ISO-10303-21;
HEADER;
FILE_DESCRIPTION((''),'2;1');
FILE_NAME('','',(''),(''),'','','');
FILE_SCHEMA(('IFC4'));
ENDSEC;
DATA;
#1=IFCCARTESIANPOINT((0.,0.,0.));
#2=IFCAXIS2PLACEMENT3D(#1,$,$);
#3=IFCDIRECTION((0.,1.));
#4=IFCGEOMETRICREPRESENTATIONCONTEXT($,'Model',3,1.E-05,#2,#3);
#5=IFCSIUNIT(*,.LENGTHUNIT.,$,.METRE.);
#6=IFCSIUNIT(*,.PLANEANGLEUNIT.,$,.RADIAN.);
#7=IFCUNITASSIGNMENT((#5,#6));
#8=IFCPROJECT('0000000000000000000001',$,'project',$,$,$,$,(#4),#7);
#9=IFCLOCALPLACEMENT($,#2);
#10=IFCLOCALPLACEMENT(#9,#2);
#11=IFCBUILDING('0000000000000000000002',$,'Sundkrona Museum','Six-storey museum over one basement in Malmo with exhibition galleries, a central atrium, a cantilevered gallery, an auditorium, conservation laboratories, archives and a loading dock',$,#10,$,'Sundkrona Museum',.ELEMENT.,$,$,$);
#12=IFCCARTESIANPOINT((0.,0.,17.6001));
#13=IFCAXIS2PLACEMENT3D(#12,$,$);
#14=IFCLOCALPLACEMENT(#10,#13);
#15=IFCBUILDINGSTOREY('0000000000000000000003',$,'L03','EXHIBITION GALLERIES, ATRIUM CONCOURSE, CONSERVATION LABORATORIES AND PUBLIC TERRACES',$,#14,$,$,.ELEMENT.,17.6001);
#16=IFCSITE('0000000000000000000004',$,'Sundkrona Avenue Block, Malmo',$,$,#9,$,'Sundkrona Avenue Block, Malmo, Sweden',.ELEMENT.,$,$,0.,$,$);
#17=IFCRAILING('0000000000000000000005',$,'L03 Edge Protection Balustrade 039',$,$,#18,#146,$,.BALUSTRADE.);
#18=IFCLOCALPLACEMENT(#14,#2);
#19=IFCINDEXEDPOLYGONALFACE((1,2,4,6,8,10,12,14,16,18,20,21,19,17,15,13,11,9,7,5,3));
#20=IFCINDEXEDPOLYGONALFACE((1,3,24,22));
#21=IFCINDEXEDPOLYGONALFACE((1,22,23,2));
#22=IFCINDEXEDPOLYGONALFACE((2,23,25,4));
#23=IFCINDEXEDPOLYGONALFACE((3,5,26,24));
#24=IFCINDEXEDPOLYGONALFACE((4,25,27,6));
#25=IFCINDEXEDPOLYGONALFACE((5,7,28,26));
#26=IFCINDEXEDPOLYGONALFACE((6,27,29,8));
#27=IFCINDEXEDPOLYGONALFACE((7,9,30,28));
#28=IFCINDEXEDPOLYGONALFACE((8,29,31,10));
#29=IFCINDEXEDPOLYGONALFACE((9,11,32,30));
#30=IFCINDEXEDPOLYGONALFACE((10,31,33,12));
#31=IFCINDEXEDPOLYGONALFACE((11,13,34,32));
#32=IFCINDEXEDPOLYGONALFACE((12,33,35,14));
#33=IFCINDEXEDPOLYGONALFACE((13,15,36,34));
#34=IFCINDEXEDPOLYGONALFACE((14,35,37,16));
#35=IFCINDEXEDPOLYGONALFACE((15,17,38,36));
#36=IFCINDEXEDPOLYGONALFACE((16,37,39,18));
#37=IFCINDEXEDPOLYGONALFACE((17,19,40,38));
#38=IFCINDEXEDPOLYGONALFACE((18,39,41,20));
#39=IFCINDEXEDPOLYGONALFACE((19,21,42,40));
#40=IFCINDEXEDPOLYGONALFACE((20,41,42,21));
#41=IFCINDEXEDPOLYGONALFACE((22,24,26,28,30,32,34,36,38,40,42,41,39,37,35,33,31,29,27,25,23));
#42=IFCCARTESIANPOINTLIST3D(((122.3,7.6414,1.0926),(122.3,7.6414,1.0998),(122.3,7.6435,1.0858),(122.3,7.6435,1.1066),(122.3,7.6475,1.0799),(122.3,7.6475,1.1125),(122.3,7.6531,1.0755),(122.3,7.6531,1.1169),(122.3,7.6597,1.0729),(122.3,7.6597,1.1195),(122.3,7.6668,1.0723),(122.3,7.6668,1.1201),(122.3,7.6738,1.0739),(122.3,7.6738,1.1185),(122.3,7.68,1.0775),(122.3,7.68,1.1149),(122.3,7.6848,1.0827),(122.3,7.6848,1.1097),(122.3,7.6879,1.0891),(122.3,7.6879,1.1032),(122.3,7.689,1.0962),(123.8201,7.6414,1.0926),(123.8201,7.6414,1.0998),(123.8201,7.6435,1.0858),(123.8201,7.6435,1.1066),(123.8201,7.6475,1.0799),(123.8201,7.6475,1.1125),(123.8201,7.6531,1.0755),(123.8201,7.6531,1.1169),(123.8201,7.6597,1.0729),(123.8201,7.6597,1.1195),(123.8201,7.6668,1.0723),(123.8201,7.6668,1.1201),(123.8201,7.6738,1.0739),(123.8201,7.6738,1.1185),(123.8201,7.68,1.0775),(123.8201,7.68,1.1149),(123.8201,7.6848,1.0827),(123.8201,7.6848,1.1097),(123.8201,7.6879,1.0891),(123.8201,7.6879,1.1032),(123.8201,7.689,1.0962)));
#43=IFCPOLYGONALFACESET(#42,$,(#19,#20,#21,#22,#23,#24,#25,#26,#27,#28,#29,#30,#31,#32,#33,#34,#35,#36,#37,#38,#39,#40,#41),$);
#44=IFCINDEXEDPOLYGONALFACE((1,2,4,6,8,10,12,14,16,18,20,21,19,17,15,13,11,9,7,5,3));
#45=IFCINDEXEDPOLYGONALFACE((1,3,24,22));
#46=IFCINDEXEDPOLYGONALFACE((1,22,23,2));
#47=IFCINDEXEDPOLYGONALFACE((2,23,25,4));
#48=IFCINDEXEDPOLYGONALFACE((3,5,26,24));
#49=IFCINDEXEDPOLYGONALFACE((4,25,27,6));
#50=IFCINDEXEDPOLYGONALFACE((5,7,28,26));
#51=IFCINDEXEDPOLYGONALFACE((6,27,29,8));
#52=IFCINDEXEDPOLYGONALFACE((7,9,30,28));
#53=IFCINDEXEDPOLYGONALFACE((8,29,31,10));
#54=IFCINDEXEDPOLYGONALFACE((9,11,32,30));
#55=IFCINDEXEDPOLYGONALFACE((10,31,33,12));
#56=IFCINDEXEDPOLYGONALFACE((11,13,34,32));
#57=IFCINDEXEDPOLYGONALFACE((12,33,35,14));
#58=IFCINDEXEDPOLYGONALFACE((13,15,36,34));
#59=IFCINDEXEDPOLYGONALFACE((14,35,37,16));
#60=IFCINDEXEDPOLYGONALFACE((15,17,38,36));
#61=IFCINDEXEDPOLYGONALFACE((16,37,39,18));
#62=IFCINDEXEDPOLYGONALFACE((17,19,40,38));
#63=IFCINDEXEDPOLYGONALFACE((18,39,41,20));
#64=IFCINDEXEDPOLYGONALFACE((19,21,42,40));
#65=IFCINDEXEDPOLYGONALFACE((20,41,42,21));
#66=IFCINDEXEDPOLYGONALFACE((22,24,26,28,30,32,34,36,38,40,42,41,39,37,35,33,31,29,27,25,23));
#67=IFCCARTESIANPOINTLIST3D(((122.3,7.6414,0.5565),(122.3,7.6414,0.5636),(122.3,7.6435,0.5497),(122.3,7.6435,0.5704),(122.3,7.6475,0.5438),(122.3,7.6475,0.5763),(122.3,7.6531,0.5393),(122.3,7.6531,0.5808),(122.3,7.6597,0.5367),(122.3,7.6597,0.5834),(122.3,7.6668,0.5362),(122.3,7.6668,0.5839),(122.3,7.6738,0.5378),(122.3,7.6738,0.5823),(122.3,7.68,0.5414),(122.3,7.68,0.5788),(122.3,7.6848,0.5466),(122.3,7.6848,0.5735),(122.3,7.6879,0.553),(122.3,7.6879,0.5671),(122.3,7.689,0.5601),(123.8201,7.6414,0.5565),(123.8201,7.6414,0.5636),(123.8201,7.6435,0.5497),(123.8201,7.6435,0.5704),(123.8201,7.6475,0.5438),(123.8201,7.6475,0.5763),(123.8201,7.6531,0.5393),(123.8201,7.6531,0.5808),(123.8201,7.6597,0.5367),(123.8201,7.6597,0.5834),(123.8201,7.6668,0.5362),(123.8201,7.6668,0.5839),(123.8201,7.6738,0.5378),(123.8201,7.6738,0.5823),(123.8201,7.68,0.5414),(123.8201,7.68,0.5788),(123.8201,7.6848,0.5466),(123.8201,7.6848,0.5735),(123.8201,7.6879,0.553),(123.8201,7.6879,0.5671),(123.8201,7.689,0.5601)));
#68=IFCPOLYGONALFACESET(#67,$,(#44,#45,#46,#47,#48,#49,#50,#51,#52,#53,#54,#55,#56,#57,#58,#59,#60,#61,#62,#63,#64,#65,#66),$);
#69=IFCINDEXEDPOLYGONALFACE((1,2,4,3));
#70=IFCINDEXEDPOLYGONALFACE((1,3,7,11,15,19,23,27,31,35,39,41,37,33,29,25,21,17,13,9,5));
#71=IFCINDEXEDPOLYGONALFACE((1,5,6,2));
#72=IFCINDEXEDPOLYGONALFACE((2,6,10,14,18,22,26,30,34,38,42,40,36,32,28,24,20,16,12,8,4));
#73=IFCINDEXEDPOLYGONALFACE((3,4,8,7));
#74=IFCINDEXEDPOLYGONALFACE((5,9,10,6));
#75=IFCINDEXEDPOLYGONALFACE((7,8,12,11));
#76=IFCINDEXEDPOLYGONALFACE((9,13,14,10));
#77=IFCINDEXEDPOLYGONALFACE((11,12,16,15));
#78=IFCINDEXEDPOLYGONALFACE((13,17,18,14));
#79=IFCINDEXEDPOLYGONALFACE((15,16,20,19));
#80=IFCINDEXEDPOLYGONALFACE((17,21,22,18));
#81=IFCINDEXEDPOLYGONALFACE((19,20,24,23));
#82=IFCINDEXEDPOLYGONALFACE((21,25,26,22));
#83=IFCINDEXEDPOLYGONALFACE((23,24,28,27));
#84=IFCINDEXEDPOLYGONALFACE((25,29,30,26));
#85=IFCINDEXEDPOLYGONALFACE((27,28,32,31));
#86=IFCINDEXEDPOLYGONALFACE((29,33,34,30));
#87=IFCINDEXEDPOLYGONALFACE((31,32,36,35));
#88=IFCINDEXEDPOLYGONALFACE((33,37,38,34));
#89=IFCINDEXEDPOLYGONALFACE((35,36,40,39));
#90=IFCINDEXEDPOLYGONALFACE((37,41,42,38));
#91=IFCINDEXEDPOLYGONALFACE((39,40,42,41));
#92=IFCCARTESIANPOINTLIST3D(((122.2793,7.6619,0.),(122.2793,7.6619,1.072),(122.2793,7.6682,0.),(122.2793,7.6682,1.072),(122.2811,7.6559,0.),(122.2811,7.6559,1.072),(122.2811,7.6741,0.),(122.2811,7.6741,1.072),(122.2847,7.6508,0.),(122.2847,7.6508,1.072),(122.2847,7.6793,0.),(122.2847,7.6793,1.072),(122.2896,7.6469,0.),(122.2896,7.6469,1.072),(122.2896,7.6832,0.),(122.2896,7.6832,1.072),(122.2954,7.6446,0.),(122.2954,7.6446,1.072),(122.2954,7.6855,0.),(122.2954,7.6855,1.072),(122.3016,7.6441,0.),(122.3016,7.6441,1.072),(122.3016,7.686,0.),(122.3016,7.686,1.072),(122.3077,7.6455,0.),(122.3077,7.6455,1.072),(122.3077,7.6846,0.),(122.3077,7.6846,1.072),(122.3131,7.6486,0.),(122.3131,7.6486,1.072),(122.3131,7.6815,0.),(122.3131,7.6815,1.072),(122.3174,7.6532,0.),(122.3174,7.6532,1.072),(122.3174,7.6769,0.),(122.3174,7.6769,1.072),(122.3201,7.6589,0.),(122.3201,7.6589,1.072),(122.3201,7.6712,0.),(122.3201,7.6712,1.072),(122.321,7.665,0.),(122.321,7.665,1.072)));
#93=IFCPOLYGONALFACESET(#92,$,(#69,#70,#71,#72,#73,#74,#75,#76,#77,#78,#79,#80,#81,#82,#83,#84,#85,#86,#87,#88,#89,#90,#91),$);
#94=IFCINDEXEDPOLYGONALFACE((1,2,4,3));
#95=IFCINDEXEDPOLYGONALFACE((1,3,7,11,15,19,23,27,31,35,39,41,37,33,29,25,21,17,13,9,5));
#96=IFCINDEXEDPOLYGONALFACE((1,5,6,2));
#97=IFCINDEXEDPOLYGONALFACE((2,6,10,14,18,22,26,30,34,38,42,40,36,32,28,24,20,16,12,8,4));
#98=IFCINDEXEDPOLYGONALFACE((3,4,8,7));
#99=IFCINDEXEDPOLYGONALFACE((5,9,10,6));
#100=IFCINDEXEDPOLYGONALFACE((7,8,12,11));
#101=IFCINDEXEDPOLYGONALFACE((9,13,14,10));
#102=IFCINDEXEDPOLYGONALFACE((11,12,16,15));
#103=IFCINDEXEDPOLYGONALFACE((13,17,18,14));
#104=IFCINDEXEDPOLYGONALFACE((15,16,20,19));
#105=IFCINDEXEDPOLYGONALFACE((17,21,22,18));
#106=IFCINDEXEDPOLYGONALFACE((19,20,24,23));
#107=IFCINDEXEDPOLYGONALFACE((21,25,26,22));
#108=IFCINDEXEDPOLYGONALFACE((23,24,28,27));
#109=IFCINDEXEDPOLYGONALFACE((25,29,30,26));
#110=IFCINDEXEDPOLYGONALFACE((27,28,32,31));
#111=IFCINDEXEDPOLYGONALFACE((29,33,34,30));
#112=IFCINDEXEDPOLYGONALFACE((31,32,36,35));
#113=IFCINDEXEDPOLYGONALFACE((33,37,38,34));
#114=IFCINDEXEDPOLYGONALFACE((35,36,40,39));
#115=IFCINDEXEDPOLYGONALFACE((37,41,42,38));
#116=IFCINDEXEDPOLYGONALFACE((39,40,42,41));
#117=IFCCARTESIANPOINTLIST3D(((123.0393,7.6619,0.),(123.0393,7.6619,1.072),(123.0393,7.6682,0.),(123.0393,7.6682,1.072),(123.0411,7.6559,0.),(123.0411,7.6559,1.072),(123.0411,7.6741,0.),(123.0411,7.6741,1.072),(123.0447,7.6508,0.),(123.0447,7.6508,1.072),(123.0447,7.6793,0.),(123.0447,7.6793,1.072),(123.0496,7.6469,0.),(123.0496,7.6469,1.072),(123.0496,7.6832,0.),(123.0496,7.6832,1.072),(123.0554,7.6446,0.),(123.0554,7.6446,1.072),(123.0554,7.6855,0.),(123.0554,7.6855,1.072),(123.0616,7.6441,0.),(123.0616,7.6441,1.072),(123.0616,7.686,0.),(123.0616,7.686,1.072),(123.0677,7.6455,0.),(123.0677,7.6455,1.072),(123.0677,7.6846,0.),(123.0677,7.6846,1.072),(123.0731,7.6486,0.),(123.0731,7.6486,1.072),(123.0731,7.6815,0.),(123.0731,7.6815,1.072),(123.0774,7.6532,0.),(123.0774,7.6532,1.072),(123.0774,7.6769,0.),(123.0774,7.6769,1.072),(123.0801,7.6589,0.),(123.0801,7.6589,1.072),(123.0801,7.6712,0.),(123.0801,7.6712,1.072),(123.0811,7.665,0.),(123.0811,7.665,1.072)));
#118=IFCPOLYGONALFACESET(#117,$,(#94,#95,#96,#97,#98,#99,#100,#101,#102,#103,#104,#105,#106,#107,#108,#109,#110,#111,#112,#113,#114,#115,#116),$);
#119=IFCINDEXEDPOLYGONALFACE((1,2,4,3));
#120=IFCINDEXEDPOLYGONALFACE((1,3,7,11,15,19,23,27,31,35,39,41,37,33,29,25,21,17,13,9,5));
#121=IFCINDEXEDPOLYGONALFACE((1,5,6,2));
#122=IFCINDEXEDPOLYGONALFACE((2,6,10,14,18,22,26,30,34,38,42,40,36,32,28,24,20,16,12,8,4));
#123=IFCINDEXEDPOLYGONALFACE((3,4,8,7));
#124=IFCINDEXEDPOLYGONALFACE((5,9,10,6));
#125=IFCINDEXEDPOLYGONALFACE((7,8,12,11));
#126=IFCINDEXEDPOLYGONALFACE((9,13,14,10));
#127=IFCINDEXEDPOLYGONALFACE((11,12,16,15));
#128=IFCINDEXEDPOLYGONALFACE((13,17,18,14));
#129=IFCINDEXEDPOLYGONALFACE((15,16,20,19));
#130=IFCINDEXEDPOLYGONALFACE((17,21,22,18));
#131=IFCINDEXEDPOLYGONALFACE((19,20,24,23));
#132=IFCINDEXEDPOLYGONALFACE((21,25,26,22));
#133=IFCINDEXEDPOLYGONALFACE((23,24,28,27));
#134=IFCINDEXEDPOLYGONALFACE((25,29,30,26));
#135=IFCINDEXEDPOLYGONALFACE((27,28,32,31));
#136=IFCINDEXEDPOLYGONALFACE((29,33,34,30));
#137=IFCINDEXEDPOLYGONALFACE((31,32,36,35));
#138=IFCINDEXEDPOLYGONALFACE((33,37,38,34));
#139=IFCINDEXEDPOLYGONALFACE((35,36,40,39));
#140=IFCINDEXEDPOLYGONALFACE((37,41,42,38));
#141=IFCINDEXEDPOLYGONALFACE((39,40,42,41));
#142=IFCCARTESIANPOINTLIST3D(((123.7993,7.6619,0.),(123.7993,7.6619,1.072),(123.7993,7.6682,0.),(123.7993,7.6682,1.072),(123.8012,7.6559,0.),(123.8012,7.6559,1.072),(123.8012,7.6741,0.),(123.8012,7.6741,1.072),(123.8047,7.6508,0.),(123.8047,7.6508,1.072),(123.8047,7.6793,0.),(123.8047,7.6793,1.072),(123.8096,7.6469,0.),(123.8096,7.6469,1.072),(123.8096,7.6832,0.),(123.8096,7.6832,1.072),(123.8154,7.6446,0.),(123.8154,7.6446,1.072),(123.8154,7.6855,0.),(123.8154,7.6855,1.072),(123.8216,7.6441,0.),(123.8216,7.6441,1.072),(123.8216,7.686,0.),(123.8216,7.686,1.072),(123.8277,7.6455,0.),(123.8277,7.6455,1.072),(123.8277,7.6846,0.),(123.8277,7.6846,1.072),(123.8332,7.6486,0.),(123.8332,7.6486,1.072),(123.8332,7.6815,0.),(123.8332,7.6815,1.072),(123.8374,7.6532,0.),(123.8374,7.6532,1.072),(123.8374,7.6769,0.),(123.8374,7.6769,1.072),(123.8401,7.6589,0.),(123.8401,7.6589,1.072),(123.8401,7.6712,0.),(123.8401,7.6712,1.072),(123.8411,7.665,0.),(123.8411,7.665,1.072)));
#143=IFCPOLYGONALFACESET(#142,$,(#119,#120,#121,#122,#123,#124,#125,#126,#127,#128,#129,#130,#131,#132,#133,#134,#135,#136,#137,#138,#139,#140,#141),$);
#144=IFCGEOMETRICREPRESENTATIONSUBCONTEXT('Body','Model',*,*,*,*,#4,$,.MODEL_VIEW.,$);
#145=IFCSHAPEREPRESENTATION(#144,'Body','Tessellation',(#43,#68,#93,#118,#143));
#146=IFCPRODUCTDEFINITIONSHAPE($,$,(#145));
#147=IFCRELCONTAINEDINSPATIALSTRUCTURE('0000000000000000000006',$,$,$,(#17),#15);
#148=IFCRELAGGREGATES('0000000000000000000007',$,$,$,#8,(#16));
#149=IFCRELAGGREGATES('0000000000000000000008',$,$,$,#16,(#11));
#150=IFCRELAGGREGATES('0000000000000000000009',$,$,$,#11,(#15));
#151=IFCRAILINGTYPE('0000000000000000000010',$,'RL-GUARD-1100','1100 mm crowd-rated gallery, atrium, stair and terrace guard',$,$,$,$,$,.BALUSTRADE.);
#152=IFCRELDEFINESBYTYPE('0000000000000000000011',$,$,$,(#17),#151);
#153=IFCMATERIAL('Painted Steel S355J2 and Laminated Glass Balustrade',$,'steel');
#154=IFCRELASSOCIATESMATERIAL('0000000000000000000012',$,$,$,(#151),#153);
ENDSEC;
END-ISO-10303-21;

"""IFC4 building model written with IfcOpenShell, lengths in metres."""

from ifc_helpers import new_model, si_unit, direction, frame, origin, origin_2d, place, context, subcontext, project, spatial, circle, extrude, material, type_object, element, save


model = new_model("IFC4")

# Units and contexts
model_context = context("Model", 3, precision=1e-05, world=origin(), true_north=direction((0.0, 1.0)))
body_context = subcontext(model_context, "Body", "Model", "MODEL_VIEW")
ifc_project = project(units=[si_unit("LENGTHUNIT", "METRE"), si_unit("PLANEANGLEUNIT", "RADIAN")], contexts=[model_context])

# Site, building, storey
site_placement = place(None, origin())
site = spatial("IfcSite", under=ifc_project, at=site_placement, Name="Sundkrona Avenue Block, Malmo", LongName="Sundkrona Avenue Block, Malmo, Sweden", CompositionType="ELEMENT", RefElevation=0.0)
building_placement = place(site_placement, origin())
building = spatial("IfcBuilding", under=site, at=building_placement, Name="Sundkrona Museum", Description="Six-storey museum over one basement in Malmo with exhibition galleries, a central atrium, a cantilevered gallery, an auditorium, conservation laboratories, archives and a loading dock", LongName="Sundkrona Museum", CompositionType="ELEMENT")
storey_placement = place(building_placement, frame((0.0, 0.0, 17.6001)))
storey = spatial("IfcBuildingStorey", under=building, at=storey_placement, Name="L03", Description="EXHIBITION GALLERIES, ATRIUM CONCOURSE, CONSERVATION LABORATORIES AND PUBLIC TERRACES", CompositionType="ELEMENT", Elevation=17.6001)

# Railing
ifc_material_1 = material(Name="Painted Steel S355J2 and Laminated Glass Balustrade", Category="steel")
railing_type_1 = type_object("IfcRailingType", Name="RL-GUARD-1100", Description="1100 mm crowd-rated gallery, atrium, stair and terrace guard", PredefinedType="BALUSTRADE", material=ifc_material_1)
for number, where, name in (
    (1, (122.3, 7.665, 0.0), "L03 Edge Protection Balustrade 039"),
):
    element("IfcRailing", number, at=place(storey_placement, frame(where)), inside=storey, type_object=railing_type_1, Name=name, PredefinedType="BALUSTRADE", context=body_context, shape_type="SweptSolid", body=[
        extrude(circle(Radius=0.0239, at=origin_2d()), frame((0.0, 0.0, 1.0962), z_axis=(1.0, 0.0, 0.0), x_axis=(0.0, 1.0, 0.0)), (0.0, 0.0, 1.0), 1.52),
        extrude(circle(Radius=0.0239, at=origin_2d()), frame((0.0, 0.0, 0.5601), z_axis=(1.0, 0.0, 0.0), x_axis=(0.0, 1.0, 0.0)), (0.0, 0.0, 1.0), 1.52),
        extrude(circle(Radius=0.021, at=origin_2d()), origin(), (0.0, 0.0, 1.0), 1.072),
        extrude(circle(Radius=0.021, at=origin_2d()), frame((0.76, 0.0, 0.0)), (0.0, 0.0, 1.0), 1.072),
        extrude(circle(Radius=0.021, at=origin_2d()), frame((1.52, 0.0, 0.0)), (0.0, 0.0, 1.0), 1.072),
    ])

save(model, "model.ifc")
